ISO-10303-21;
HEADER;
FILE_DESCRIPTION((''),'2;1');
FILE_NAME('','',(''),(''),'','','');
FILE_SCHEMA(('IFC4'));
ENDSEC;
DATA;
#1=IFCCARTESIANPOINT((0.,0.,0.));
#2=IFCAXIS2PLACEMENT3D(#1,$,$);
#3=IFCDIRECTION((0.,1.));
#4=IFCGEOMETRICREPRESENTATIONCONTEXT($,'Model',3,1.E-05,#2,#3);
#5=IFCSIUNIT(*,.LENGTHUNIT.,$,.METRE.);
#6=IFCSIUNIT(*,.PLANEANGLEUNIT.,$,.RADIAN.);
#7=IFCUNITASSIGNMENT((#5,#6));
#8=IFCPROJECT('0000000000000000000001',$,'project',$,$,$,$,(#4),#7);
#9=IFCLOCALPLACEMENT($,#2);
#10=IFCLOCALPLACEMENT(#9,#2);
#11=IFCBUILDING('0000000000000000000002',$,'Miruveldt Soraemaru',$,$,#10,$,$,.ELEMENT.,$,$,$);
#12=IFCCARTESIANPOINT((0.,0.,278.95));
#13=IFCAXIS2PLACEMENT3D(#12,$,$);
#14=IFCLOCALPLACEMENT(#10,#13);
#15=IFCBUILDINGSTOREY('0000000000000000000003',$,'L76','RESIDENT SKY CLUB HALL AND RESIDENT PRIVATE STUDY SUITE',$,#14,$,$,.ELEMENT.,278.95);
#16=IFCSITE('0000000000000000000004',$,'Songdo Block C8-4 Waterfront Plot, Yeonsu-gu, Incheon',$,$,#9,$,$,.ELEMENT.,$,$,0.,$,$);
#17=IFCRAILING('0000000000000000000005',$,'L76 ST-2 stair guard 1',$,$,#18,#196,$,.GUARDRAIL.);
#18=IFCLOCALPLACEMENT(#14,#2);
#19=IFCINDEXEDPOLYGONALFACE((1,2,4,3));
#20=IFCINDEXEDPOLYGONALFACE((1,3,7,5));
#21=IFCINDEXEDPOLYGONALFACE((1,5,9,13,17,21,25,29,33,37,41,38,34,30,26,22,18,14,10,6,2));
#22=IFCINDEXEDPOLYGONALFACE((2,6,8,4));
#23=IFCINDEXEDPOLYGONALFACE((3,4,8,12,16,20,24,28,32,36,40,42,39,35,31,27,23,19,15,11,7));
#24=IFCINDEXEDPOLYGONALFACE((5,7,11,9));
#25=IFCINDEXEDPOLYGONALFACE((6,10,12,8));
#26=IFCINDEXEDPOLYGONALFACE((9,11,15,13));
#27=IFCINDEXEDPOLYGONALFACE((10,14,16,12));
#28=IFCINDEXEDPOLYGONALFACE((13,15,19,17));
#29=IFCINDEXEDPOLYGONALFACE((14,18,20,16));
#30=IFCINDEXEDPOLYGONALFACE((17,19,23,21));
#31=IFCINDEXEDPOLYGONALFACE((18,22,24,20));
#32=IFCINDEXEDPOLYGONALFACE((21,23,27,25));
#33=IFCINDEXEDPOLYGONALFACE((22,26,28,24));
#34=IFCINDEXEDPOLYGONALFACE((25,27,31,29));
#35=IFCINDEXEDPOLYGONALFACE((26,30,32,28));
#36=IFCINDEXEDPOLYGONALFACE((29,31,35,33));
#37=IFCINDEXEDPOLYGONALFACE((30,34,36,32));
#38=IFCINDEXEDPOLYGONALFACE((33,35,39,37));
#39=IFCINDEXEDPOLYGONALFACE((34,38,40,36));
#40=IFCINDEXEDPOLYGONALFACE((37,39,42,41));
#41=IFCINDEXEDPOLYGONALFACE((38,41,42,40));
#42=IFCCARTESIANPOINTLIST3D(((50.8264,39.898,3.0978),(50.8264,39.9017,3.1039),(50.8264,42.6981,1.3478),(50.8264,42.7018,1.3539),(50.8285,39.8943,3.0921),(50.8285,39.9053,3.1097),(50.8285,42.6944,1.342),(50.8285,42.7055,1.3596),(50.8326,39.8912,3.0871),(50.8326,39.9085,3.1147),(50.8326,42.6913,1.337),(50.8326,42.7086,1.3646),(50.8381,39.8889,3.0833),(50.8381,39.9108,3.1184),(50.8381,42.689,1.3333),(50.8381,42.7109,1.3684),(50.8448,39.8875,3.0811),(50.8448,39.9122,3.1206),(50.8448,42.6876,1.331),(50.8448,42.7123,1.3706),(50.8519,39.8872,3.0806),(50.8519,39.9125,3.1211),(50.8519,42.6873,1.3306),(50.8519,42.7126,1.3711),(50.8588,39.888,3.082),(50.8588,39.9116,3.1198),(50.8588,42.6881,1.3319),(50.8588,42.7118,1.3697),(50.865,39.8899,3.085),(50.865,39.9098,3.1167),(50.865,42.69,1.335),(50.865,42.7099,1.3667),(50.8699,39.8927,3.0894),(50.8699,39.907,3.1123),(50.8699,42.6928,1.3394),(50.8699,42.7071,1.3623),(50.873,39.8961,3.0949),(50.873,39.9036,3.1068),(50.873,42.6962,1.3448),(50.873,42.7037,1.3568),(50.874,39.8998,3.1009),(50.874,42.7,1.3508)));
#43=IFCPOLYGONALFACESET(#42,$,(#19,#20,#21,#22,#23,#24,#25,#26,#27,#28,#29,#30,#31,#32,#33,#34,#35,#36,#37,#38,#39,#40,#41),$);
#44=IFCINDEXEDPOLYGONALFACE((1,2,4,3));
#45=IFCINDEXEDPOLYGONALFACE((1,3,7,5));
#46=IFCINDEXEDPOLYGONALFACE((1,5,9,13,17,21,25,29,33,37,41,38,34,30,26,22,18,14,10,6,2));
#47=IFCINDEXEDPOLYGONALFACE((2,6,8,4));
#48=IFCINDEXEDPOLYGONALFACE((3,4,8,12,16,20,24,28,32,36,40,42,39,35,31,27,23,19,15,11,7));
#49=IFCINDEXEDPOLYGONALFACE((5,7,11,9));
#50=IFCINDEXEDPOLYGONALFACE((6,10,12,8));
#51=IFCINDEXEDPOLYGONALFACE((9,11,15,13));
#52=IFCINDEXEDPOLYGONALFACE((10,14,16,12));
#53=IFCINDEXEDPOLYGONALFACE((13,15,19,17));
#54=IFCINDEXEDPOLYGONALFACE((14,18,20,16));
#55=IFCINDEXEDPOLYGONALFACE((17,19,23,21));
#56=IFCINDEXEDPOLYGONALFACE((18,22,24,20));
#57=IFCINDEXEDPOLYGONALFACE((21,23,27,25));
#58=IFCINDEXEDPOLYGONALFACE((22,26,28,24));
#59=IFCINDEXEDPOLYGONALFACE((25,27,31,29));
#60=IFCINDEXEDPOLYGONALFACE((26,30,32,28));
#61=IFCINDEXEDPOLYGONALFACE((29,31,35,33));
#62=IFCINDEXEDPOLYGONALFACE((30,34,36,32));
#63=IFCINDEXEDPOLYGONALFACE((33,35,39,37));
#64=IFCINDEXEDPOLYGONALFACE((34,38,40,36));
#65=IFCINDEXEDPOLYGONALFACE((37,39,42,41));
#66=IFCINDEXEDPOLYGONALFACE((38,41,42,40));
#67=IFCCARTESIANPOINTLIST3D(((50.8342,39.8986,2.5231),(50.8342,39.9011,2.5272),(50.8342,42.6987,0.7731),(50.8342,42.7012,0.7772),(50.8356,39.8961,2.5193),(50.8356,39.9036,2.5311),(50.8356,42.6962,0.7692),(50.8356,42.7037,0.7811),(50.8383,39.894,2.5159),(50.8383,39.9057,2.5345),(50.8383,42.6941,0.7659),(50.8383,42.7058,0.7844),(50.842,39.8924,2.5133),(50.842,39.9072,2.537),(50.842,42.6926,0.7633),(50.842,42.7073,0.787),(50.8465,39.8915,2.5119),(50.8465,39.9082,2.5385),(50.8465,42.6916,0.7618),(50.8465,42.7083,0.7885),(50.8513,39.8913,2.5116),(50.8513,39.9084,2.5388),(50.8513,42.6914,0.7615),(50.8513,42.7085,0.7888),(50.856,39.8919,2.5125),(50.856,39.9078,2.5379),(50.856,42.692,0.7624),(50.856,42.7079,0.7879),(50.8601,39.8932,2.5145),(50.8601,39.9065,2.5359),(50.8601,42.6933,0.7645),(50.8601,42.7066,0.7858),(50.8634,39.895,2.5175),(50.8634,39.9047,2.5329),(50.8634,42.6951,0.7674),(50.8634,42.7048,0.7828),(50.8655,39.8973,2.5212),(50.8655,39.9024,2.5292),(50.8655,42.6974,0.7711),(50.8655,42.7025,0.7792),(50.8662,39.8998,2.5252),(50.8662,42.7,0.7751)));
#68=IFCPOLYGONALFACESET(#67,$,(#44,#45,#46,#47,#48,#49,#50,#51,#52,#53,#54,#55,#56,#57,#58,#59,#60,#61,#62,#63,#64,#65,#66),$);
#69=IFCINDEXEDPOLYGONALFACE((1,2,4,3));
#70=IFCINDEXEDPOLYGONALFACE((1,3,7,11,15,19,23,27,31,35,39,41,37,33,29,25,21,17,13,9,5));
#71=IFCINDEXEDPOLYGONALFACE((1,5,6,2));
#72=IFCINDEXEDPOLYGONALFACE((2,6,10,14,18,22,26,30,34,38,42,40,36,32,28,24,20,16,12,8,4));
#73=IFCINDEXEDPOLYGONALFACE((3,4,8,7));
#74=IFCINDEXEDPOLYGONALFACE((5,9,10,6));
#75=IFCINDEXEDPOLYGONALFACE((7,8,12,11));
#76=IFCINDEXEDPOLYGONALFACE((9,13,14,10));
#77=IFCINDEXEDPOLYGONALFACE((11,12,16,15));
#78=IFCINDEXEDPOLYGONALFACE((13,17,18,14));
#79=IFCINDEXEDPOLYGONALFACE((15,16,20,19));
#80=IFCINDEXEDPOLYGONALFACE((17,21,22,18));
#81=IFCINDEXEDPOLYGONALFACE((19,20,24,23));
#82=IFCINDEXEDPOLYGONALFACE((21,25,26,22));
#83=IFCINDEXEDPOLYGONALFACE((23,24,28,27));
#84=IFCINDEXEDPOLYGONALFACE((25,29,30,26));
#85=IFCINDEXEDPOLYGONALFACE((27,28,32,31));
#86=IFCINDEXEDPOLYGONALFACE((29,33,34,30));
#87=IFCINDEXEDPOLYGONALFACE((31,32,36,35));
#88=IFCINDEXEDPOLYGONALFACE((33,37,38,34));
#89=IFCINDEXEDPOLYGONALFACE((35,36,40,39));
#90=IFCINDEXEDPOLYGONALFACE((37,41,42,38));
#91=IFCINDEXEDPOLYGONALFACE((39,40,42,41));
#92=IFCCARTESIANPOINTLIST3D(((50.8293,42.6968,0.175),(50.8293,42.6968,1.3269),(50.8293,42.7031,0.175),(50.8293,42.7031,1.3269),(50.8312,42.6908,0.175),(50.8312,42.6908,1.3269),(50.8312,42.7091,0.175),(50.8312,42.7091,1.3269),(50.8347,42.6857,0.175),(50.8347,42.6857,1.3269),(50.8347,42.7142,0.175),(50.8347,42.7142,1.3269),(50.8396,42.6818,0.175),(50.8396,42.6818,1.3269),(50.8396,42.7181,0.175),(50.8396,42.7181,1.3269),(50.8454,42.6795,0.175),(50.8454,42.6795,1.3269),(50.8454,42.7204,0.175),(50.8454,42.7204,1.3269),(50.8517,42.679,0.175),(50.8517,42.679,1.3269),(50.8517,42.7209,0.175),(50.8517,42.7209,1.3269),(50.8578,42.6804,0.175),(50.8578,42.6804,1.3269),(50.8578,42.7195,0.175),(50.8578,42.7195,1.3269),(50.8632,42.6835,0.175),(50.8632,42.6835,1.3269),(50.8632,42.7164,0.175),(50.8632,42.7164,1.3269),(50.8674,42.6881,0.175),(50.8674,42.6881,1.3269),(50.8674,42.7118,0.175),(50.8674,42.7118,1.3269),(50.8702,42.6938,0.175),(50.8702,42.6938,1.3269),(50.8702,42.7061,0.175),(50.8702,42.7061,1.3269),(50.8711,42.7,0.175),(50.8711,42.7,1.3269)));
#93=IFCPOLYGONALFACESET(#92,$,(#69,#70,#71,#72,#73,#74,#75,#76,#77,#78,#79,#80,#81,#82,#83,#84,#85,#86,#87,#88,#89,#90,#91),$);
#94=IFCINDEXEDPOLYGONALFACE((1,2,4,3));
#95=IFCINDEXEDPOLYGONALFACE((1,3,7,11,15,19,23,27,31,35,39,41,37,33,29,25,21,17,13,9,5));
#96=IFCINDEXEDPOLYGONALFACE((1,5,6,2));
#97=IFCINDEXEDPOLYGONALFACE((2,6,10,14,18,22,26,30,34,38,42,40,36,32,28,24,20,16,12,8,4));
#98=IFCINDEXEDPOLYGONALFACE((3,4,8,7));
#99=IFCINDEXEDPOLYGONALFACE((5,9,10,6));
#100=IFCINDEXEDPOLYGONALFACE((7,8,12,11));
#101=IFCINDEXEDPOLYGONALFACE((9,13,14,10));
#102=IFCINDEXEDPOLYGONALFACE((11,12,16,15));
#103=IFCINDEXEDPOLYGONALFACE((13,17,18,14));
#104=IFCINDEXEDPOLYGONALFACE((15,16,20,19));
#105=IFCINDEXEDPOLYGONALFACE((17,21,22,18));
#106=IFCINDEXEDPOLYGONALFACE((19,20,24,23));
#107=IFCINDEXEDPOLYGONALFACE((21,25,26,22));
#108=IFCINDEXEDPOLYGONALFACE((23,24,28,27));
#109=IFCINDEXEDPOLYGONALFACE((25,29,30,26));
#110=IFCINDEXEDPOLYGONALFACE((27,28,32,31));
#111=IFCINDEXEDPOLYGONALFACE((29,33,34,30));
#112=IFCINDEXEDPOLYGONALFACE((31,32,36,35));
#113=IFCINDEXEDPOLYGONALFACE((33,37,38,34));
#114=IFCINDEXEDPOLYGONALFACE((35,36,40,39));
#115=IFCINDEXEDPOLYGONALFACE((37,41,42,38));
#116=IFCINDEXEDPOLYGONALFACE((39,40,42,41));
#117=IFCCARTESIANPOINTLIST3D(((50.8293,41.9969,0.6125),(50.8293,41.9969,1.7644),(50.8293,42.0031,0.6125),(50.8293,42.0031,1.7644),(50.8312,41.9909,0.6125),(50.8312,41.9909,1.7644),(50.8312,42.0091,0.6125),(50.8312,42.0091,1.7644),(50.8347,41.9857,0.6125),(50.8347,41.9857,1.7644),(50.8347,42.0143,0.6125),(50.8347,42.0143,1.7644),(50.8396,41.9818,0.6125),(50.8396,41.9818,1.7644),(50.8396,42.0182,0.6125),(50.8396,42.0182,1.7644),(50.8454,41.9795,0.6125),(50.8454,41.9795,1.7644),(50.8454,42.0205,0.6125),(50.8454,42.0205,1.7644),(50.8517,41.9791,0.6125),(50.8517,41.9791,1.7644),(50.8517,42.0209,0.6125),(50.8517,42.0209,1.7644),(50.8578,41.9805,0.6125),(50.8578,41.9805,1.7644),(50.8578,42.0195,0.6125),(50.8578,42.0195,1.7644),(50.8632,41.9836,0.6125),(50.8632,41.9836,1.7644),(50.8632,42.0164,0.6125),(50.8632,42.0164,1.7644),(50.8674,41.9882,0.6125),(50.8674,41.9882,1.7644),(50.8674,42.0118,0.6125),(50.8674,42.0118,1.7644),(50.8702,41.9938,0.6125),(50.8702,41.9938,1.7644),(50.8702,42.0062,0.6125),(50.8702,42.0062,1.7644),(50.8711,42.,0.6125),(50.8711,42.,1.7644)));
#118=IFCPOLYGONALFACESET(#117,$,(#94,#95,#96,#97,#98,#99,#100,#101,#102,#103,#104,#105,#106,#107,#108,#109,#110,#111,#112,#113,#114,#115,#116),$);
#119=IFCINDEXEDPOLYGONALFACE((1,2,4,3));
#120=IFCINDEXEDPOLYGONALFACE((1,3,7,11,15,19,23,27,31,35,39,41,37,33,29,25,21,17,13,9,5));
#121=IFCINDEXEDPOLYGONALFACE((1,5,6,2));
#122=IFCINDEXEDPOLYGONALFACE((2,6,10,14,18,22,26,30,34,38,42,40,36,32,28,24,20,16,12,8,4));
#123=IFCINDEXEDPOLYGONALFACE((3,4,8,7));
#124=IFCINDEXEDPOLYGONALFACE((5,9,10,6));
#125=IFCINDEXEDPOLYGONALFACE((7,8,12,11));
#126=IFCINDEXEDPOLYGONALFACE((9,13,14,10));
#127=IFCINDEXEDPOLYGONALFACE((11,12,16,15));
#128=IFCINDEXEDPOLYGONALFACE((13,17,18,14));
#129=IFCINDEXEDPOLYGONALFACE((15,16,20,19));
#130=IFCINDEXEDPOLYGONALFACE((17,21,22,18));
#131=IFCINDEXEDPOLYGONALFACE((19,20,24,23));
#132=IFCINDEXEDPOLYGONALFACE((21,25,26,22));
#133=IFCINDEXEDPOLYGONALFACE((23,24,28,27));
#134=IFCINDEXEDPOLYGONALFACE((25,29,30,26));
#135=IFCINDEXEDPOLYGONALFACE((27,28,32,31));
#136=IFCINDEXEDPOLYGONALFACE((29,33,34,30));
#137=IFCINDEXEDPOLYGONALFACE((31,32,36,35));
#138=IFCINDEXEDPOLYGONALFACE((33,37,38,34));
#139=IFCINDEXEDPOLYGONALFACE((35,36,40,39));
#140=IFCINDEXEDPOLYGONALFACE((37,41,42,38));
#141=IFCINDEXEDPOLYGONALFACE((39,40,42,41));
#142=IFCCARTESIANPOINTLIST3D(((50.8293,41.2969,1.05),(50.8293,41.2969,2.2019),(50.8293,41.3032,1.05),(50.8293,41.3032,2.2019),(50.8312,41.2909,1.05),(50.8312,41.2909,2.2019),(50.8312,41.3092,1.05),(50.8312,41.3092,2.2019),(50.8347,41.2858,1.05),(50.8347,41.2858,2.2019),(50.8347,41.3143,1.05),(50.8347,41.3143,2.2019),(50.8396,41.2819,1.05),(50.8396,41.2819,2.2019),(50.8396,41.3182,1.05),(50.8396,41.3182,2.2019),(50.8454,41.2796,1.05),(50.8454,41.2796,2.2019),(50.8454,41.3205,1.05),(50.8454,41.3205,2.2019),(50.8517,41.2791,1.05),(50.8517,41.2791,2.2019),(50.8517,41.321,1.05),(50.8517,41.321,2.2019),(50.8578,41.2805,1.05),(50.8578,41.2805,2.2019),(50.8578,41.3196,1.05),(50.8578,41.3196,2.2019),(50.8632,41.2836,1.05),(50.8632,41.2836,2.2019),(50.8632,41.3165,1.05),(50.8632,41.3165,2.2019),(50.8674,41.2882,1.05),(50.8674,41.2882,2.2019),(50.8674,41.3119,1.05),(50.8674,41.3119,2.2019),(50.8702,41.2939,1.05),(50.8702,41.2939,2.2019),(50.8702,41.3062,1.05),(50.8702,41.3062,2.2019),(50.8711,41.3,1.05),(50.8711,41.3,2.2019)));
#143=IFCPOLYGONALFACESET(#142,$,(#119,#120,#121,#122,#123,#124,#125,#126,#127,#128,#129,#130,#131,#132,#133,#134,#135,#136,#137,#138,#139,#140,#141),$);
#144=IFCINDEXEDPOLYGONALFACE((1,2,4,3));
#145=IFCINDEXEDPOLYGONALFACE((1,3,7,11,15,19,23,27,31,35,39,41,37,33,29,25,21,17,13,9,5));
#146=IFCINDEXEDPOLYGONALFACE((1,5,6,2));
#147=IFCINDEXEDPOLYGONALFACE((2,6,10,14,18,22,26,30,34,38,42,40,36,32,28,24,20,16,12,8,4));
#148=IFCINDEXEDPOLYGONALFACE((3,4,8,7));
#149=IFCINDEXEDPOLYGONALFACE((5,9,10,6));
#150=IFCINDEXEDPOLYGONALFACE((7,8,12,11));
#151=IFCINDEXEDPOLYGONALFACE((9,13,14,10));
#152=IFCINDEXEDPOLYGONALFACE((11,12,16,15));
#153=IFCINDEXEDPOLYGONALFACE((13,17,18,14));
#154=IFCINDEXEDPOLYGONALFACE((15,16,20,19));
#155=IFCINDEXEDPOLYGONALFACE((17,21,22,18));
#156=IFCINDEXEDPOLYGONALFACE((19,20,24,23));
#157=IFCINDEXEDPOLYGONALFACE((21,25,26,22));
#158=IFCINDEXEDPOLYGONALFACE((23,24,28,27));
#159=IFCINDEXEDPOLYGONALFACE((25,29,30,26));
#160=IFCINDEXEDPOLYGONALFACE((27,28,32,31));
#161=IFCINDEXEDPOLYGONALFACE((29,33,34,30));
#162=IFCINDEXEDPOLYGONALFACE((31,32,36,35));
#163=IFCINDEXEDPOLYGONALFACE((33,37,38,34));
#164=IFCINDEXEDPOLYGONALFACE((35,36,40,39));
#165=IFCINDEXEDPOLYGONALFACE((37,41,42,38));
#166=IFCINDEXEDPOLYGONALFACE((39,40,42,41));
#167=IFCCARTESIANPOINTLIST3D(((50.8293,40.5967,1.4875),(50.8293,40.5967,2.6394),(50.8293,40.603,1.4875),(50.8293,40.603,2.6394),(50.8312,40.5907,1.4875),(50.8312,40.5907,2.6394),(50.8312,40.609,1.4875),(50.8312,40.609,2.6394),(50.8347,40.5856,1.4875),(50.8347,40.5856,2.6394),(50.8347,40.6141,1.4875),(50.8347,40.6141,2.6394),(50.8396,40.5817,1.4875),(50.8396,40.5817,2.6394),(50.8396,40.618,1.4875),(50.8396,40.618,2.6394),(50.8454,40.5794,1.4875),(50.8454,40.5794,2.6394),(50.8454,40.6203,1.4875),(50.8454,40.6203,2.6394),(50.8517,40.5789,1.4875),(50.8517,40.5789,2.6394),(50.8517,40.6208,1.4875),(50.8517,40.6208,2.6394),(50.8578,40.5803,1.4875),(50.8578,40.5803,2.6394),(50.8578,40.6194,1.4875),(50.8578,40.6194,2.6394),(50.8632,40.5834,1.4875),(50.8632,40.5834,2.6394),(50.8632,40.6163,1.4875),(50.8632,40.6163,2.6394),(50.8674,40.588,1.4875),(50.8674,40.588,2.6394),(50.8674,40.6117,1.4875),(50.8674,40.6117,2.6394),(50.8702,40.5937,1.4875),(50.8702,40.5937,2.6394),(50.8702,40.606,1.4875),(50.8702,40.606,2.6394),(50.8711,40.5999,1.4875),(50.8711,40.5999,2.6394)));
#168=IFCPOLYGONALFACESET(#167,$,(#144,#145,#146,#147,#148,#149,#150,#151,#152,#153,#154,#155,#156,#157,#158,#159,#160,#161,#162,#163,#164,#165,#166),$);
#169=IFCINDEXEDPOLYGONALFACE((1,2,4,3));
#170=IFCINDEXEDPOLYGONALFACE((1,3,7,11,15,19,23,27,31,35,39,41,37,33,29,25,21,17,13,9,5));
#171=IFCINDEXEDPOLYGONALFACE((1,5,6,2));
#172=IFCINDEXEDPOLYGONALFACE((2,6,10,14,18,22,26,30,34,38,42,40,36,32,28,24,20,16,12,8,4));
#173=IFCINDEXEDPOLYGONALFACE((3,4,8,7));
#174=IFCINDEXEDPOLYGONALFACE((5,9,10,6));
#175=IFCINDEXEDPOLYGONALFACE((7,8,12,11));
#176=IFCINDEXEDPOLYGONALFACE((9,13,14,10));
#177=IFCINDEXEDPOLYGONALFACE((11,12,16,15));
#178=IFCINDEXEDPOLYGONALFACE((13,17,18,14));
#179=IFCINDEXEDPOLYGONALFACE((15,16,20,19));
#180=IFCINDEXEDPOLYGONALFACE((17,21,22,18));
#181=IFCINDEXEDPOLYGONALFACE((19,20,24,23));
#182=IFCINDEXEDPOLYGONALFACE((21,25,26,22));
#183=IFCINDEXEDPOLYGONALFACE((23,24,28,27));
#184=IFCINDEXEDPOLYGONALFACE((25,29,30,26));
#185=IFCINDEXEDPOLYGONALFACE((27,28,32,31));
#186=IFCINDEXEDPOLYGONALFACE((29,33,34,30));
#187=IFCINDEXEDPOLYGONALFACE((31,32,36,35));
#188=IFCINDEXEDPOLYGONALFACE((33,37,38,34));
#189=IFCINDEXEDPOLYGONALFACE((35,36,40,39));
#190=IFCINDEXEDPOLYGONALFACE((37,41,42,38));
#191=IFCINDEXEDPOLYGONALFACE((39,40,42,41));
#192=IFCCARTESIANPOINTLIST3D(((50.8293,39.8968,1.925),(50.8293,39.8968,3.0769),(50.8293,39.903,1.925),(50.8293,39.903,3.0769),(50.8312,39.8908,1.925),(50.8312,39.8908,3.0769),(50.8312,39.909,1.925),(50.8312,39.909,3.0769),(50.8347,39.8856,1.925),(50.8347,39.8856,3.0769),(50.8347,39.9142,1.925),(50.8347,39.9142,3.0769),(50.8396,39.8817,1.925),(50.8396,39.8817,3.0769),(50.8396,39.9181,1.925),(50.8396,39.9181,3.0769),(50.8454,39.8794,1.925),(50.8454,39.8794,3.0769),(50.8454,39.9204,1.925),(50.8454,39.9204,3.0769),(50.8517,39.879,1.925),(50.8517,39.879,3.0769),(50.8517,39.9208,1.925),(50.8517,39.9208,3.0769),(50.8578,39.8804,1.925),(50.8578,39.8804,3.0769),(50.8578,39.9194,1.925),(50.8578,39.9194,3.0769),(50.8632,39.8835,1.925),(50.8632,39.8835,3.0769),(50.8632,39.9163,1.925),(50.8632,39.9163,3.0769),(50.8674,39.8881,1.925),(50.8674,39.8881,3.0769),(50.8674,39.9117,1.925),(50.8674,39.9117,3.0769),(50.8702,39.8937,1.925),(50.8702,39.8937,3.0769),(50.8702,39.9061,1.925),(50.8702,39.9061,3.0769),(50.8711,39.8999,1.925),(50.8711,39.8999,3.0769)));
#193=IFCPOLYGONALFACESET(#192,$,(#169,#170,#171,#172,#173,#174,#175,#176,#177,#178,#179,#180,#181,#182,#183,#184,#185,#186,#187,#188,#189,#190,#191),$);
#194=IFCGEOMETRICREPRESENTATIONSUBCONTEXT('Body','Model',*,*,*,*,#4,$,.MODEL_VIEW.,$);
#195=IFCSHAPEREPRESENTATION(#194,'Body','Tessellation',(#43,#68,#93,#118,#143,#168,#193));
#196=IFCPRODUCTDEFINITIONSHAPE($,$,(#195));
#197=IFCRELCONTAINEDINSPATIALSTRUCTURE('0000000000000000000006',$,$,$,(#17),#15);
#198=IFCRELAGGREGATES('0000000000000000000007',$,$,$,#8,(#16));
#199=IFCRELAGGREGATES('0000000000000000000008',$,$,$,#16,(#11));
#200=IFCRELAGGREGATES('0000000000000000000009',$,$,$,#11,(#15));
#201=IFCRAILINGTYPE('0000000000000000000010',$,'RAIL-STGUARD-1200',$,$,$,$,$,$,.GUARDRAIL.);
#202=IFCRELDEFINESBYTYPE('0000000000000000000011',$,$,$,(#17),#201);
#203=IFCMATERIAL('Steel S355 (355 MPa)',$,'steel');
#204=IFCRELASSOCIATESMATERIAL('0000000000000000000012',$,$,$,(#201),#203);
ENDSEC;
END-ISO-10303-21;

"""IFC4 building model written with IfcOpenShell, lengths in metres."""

from ifc_helpers import new_model, si_unit, direction, frame, origin, origin_2d, place, context, subcontext, project, spatial, circle, extrude, material, type_object, element, save


model = new_model("IFC4")

# Units and contexts
model_context = context("Model", 3, precision=1e-05, world=origin(), true_north=direction((0.0, 1.0)))
body_context = subcontext(model_context, "Body", "Model", "MODEL_VIEW")
ifc_project = project(units=[si_unit("LENGTHUNIT", "METRE"), si_unit("PLANEANGLEUNIT", "RADIAN")], contexts=[model_context])

# Site, building, storey
site_placement = place(None, origin())
site = spatial("IfcSite", under=ifc_project, at=site_placement, Name="Songdo Block C8-4 Waterfront Plot, Yeonsu-gu, Incheon", CompositionType="ELEMENT", RefElevation=0.0)
building_placement = place(site_placement, origin())
building = spatial("IfcBuilding", under=site, at=building_placement, Name="Miruveldt Soraemaru", CompositionType="ELEMENT")
storey_placement = place(building_placement, frame((0.0, 0.0, 278.95)))
storey = spatial("IfcBuildingStorey", under=building, at=storey_placement, Name="L76", Description="RESIDENT SKY CLUB HALL AND RESIDENT PRIVATE STUDY SUITE", CompositionType="ELEMENT", Elevation=278.95)

# Railing
ifc_material_1 = material(Name="Steel S355 (355 MPa)", Category="steel")
railing_type_1 = type_object("IfcRailingType", Name="RAIL-STGUARD-1200", PredefinedType="GUARDRAIL", material=ifc_material_1)
railing_1_placement = place(storey_placement, frame((50.8501, 42.7, 0.175)))
element("IfcRailing", 1, at=railing_1_placement, inside=storey, type_object=railing_type_1, Name="L76 ST-2 stair guard 1", PredefinedType="GUARDRAIL", context=body_context, shape_type="SweptSolid", body=[
    extrude(circle(Radius=0.0239, at=origin_2d()), frame((0.0, 0.0, 1.1758), z_axis=(0.0, -0.848002, 0.529992), x_axis=(1.0, 0.0, 0.0)), (0.0, 0.0, 1.0), 3.302),
    extrude(circle(Radius=0.0161, at=origin_2d()), frame((0.0, 0.0, 0.6001), z_axis=(0.0, -0.848002, 0.529992), x_axis=(1.0, 0.0, 0.0)), (0.0, 0.0, 1.0), 3.302),
    extrude(circle(Radius=0.021, at=origin_2d()), origin(), (0.0, 0.0, 1.0), 1.1519),
    extrude(circle(Radius=0.021, at=origin_2d()), frame((0.0, -0.7, 0.4375)), (0.0, 0.0, 1.0), 1.1519),
    extrude(circle(Radius=0.021, at=origin_2d()), frame((0.0, -1.3999, 0.875)), (0.0, 0.0, 1.0), 1.1519),
    extrude(circle(Radius=0.021, at=origin_2d()), frame((0.0, -2.1001, 1.3125)), (0.0, 0.0, 1.0), 1.1519),
    extrude(circle(Radius=0.021, at=origin_2d()), frame((0.0, -2.8, 1.75)), (0.0, 0.0, 1.0), 1.1519),
])

save(model, "model.ifc")
